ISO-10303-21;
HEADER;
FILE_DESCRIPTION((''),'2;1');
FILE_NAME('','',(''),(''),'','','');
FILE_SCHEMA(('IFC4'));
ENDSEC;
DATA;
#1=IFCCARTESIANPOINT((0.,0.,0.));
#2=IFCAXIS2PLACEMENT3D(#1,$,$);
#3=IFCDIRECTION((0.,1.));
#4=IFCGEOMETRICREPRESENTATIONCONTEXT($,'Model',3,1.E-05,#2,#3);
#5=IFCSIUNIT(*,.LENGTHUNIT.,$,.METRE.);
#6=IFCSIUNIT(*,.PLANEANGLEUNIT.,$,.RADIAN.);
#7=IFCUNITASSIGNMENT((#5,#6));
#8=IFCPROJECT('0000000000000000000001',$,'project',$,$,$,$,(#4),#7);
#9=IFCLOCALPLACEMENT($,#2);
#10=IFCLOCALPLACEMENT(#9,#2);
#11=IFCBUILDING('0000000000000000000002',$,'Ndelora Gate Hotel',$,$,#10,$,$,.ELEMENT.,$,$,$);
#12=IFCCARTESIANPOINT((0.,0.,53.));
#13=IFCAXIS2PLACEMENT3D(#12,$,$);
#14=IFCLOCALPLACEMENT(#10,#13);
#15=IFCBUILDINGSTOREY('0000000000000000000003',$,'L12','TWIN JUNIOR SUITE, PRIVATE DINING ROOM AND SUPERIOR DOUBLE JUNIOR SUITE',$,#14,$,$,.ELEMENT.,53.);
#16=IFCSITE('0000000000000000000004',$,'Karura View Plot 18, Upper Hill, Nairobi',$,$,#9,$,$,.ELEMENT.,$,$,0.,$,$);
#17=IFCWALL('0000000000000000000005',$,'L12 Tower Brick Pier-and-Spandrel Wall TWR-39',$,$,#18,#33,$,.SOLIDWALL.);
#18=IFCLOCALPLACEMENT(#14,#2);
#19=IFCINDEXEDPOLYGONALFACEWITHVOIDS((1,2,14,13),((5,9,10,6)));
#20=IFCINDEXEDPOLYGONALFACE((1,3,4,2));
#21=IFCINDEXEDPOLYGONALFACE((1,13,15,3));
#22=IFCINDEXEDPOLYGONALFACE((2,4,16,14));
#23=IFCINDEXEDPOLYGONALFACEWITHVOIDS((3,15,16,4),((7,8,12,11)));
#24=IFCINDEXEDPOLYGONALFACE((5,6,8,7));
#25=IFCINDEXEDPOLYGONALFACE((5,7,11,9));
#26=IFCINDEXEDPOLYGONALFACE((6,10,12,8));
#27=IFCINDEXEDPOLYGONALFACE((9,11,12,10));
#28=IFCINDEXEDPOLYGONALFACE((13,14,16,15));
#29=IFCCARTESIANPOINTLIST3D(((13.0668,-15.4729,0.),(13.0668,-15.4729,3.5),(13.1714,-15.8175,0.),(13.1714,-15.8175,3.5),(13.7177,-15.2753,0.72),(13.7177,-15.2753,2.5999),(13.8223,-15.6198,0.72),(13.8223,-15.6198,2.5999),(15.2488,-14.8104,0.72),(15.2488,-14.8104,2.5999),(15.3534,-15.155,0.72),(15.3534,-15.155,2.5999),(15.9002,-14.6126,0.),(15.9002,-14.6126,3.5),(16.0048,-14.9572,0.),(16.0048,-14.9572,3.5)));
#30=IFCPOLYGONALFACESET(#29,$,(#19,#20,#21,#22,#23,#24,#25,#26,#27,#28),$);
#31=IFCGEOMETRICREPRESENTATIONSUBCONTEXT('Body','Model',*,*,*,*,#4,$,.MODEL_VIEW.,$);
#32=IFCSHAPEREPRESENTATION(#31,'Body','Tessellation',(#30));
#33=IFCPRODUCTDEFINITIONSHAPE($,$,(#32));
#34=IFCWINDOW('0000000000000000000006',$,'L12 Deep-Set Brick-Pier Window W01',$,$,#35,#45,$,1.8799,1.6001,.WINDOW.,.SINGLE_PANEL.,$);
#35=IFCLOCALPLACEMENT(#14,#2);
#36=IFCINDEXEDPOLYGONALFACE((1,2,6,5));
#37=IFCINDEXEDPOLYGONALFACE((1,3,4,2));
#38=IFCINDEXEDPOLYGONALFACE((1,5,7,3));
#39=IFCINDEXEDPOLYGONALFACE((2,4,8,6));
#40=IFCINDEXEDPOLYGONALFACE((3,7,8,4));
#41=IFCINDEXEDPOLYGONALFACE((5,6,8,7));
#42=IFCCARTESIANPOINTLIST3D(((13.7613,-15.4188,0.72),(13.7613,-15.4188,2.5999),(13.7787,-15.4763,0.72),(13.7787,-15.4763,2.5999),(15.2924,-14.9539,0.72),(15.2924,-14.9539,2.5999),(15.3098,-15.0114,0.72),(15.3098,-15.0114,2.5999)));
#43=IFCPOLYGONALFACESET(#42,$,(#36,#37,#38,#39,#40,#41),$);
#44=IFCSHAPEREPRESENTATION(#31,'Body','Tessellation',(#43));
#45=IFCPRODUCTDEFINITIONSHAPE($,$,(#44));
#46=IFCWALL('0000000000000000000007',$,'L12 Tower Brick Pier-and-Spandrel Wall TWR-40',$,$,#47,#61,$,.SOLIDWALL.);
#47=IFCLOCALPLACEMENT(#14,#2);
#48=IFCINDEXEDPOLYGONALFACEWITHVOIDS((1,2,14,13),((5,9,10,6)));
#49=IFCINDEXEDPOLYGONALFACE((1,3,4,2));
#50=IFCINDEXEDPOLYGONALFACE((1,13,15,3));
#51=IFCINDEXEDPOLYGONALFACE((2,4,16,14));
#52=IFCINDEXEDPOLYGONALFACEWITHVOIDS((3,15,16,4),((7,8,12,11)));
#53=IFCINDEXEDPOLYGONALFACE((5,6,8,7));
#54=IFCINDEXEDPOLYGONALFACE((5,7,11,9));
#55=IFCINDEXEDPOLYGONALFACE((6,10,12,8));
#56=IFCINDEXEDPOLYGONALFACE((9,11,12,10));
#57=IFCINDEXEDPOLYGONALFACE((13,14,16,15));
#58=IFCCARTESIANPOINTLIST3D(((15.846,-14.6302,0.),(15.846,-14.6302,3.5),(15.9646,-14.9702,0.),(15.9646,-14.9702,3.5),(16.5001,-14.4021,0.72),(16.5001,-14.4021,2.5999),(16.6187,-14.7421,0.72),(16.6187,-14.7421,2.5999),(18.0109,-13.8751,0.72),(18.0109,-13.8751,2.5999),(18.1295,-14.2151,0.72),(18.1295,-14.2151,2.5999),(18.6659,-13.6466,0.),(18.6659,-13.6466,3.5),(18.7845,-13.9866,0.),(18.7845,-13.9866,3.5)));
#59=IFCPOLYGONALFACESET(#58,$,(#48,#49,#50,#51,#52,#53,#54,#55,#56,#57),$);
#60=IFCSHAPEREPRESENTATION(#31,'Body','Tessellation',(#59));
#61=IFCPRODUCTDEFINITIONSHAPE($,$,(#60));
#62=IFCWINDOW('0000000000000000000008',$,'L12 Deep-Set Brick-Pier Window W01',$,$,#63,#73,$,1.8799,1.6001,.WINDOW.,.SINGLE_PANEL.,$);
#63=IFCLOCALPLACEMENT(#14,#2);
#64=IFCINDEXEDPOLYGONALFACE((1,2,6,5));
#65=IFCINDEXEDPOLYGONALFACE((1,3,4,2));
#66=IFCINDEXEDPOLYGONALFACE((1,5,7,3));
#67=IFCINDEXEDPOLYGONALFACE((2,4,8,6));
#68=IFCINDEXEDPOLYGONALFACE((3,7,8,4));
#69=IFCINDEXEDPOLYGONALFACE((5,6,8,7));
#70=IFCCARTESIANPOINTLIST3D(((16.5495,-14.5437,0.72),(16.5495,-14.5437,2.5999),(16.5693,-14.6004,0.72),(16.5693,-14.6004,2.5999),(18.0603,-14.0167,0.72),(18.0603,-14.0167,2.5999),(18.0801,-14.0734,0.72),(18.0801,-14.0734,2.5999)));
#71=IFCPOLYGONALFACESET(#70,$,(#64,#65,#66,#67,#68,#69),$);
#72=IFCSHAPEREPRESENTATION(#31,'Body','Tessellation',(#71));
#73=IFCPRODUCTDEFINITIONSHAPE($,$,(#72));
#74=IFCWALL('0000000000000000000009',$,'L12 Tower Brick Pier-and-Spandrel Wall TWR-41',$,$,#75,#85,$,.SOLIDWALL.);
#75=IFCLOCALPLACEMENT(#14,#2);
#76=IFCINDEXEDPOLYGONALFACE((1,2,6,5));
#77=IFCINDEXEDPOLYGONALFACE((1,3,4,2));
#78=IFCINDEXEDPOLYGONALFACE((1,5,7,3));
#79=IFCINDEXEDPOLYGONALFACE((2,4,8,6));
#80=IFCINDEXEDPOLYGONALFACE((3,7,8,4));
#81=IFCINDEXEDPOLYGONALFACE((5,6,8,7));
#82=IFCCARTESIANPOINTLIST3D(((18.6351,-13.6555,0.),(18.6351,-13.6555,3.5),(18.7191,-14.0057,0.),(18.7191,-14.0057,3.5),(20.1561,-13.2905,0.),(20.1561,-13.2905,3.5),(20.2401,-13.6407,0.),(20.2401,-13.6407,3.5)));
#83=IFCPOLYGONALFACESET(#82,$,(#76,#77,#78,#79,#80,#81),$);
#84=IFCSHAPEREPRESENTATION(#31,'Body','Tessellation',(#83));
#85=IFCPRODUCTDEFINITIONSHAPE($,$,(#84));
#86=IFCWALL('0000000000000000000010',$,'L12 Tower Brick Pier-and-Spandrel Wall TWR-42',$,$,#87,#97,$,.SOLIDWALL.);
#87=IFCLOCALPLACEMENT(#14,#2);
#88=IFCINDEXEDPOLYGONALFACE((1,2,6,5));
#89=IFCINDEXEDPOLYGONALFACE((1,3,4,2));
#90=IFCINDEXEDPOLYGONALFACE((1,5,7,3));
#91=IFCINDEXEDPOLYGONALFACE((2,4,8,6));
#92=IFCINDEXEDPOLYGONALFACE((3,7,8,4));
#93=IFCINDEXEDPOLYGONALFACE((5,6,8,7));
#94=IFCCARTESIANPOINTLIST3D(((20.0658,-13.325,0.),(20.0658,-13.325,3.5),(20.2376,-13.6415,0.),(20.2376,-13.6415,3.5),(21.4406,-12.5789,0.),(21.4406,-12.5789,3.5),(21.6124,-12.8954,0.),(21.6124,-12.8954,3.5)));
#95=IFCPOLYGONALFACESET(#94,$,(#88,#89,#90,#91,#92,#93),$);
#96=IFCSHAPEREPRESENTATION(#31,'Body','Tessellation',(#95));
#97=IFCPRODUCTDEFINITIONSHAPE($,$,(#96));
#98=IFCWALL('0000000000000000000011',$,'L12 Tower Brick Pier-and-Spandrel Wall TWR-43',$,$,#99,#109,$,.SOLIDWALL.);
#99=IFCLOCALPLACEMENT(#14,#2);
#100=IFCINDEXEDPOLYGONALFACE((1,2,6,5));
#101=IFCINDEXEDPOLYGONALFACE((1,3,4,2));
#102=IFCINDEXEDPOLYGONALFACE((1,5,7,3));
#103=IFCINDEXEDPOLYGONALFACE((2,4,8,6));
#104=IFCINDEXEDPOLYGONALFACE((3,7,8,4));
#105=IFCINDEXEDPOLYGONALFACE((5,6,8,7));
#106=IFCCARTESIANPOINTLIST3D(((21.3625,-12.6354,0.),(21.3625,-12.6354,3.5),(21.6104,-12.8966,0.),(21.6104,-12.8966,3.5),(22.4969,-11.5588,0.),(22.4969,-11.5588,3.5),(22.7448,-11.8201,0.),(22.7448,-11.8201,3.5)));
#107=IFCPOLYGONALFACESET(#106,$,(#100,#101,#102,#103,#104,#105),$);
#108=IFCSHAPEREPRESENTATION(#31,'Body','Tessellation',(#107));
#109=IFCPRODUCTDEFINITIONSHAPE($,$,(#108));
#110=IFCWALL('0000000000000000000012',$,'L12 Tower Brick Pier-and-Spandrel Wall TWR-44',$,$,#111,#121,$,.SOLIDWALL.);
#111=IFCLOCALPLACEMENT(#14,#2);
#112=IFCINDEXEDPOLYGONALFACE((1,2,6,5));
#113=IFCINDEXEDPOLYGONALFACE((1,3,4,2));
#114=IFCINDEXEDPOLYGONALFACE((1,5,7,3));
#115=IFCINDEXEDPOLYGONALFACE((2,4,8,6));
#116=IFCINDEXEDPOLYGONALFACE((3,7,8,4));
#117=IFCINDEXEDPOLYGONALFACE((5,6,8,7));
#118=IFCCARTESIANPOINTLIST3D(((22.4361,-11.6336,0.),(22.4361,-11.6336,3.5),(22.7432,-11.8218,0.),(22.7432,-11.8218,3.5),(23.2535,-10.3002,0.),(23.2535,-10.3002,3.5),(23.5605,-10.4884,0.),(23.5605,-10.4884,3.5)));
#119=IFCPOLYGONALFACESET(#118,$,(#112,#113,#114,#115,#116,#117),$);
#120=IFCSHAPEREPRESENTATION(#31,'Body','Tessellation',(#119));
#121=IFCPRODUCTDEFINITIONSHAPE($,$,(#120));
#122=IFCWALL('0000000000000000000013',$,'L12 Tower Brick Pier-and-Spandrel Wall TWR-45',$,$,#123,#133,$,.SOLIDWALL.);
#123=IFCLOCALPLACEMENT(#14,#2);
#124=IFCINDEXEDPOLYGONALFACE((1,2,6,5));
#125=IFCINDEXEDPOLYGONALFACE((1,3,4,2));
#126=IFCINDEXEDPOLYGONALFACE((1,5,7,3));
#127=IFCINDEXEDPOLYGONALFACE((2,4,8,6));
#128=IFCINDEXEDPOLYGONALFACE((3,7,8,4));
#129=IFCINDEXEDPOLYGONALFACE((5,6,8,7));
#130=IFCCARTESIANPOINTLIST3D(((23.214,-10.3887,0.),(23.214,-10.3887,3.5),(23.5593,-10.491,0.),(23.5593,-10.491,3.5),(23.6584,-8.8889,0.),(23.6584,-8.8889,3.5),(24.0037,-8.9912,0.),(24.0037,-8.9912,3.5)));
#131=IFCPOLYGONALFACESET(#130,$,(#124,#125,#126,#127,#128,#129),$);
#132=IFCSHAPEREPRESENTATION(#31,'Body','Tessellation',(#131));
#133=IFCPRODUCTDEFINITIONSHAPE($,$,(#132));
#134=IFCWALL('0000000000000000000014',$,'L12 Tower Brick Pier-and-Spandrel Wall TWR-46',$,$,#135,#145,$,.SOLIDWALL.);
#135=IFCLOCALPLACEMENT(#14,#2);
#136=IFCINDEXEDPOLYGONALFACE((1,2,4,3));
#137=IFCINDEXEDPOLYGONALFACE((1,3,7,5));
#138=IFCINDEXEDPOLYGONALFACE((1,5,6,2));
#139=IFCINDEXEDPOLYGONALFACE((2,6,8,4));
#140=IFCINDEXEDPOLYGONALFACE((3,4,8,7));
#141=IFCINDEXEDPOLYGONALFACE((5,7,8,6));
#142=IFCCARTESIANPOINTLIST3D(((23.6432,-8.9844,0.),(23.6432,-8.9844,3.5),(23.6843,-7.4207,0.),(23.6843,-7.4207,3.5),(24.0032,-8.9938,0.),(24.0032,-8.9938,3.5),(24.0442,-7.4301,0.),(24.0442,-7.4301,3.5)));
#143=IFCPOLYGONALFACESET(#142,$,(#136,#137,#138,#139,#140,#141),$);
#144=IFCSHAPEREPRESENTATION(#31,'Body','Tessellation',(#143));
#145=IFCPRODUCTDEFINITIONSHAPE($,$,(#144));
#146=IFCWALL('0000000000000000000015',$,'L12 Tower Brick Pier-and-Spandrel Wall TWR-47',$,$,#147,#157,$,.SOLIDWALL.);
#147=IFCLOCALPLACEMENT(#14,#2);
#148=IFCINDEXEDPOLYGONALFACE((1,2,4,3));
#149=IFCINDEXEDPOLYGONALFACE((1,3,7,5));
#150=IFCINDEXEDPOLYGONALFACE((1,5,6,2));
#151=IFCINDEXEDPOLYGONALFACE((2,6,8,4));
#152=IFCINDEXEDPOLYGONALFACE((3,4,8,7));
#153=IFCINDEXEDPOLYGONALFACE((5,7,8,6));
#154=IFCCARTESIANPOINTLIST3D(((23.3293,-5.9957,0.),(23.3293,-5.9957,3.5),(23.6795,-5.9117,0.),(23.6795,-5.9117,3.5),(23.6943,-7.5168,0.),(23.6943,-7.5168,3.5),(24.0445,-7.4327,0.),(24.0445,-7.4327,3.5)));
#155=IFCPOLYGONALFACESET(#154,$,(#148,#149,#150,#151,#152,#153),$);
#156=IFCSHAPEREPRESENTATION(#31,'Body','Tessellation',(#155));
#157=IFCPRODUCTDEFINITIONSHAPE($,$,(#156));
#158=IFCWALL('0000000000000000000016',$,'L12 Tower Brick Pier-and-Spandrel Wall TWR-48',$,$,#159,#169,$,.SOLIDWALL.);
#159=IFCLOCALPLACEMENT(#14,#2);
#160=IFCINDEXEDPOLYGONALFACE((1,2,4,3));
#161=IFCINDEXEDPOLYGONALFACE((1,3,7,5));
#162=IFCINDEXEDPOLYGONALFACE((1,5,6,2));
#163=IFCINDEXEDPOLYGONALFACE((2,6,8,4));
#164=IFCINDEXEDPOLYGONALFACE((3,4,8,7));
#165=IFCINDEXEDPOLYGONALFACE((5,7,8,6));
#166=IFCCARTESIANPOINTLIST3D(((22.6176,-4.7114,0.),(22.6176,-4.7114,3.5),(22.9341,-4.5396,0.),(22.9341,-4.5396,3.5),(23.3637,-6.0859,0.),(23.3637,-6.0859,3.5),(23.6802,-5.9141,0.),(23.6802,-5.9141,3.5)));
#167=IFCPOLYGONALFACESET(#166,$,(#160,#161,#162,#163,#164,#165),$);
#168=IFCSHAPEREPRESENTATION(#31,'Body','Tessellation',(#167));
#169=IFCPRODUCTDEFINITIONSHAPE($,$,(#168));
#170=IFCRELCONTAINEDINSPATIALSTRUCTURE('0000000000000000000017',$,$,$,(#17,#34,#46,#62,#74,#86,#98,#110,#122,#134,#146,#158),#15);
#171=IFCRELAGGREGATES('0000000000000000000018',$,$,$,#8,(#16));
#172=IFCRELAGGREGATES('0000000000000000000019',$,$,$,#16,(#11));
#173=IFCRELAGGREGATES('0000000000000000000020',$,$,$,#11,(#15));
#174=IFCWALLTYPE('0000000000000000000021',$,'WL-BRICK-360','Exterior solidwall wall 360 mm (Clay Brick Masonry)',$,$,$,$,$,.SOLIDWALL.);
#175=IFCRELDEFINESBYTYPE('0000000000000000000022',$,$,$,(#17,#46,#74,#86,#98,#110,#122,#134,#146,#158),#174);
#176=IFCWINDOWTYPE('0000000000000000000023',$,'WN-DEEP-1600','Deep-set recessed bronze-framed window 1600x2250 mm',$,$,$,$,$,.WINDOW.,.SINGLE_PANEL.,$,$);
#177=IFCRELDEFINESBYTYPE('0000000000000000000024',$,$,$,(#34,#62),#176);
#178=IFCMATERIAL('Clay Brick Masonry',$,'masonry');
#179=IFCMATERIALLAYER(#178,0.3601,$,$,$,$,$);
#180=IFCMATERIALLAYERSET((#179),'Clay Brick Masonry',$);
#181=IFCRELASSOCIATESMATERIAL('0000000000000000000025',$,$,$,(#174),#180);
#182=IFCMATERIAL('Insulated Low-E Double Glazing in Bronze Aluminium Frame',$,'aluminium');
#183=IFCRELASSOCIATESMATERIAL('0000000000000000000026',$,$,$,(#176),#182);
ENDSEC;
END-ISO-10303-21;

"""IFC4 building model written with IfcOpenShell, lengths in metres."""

from ifc_helpers import new_model, si_unit, direction, frame, frame_2d, origin, place, context, subcontext, project, spatial, rectangle, extrude, material, layer, layer_set, type_object, element, fill, save


model = new_model("IFC4")

# Units and contexts
model_context = context("Model", 3, precision=1e-05, world=origin(), true_north=direction((0.0, 1.0)))
body_context = subcontext(model_context, "Body", "Model", "MODEL_VIEW")
ifc_project = project(units=[si_unit("LENGTHUNIT", "METRE"), si_unit("PLANEANGLEUNIT", "RADIAN")], contexts=[model_context])

# Site, building, storey
site_placement = place(None, origin())
site = spatial("IfcSite", under=ifc_project, at=site_placement, Name="Karura View Plot 18, Upper Hill, Nairobi", CompositionType="ELEMENT", RefElevation=0.0)
building_placement = place(site_placement, origin())
building = spatial("IfcBuilding", under=site, at=building_placement, Name="Ndelora Gate Hotel", CompositionType="ELEMENT")
storey_placement = place(building_placement, frame((0.0, 0.0, 53.0)))
storey = spatial("IfcBuildingStorey", under=building, at=storey_placement, Name="L12", Description="TWIN JUNIOR SUITE, PRIVATE DINING ROOM AND SUPERIOR DOUBLE JUNIOR SUITE", CompositionType="ELEMENT", Elevation=53.0)

# Walls, openings, windows
ifc_material_1 = material(Name="Clay Brick Masonry", Category="masonry")
ifc_layer_1 = layer(ifc_material_1, 0.3601)
ifc_layer_set_1 = layer_set([ifc_layer_1], Name="Clay Brick Masonry")
wall_type = type_object("IfcWallType", Name="WL-BRICK-360", Description="Exterior solidwall wall 360 mm (Clay Brick Masonry)", PredefinedType="SOLIDWALL", material=ifc_layer_set_1)
wall_1_placement = place(storey_placement, frame((15.9524, -14.7849, 0.0), z_axis=(0.0, 0.0, 1.0), x_axis=(-0.956863, -0.290538, 0.0)))
wall_1 = element("IfcWall", 1, at=wall_1_placement, inside=storey, type_object=wall_type, Name="L12 Tower Brick Pier-and-Spandrel Wall TWR-39", PredefinedType="SOLIDWALL", context=body_context, shape_type="SweptSolid", body=[
    extrude(rectangle(XDim=2.9612, YDim=0.3601, at=frame_2d((1.4805, 0.0))), origin(), (0.0, 0.0, 1.0), 3.5),
])
opening_1_placement = place(wall_1_placement, frame((0.6807, 0.0, 0.72)))
opening_1 = element("IfcOpeningElement", 2, at=opening_1_placement, cuts=wall_1, PredefinedType="OPENING", context=body_context, shape_type="SweptSolid", body=[
    extrude(rectangle(XDim=1.6001, YDim=1.8799, at=frame_2d((0.8, 0.9399))), frame((0.0, 0.1899, 0.0), z_axis=(0.0, -1.0, 0.0), x_axis=(1.0, 0.0, 0.0)), (0.0, 0.0, 1.0), 0.3801),
])
ifc_material_2 = material(Name="Insulated Low-E Double Glazing in Bronze Aluminium Frame", Category="aluminium")
window_type_1 = type_object("IfcWindowType", Name="WN-DEEP-1600", Description="Deep-set recessed bronze-framed window 1600x2250 mm", PartitioningType="SINGLE_PANEL", PredefinedType="WINDOW", material=ifc_material_2)
window_1_placement = place(opening_1_placement, origin())
window_1 = element("IfcWindow", 3, at=window_1_placement, inside=storey, type_object=window_type_1, Name="L12 Deep-Set Brick-Pier Window W01", OverallHeight=1.8799, OverallWidth=1.6001, PartitioningType="SINGLE_PANEL", PredefinedType="WINDOW", context=body_context, shape_type="SweptSolid", body=[
    extrude(rectangle(XDim=1.6001, YDim=1.8799, at=frame_2d((0.8, 0.9399))), frame((0.0, 0.03, 0.0), z_axis=(0.0, -1.0, 0.0), x_axis=(1.0, 0.0, 0.0)), (0.0, 0.0, 1.0), 0.0601),
])
fill(opening_1, window_1)
wall_2_placement = place(storey_placement, frame((18.7251, -13.8167, 0.0), z_axis=(0.0, 0.0, 1.0), x_axis=(-0.944211, -0.329342, 0.0)))
wall_2 = element("IfcWall", 4, at=wall_2_placement, inside=storey, type_object=wall_type, Name="L12 Tower Brick Pier-and-Spandrel Wall TWR-40", PredefinedType="SOLIDWALL", context=body_context, shape_type="SweptSolid", body=[
    extrude(rectangle(XDim=2.9866, YDim=0.3601, at=frame_2d((1.4932, 0.0))), origin(), (0.0, 0.0, 1.0), 3.5),
])
opening_2_placement = place(wall_2_placement, frame((0.6936, 0.0, 0.72)))
opening_2 = element("IfcOpeningElement", 5, at=opening_2_placement, cuts=wall_2, PredefinedType="OPENING", context=body_context, shape_type="SweptSolid", body=[
    extrude(rectangle(XDim=1.6001, YDim=1.8799, at=frame_2d((0.8, 0.9399))), frame((0.0, 0.1899, 0.0), z_axis=(0.0, -1.0, 0.0), x_axis=(1.0, 0.0, 0.0)), (0.0, 0.0, 1.0), 0.3801),
])
window_2_placement = place(opening_2_placement, origin())
window_2 = element("IfcWindow", 6, at=window_2_placement, inside=storey, type_object=window_type_1, Name="L12 Deep-Set Brick-Pier Window W01", OverallHeight=1.8799, OverallWidth=1.6001, PartitioningType="SINGLE_PANEL", PredefinedType="WINDOW", context=body_context, shape_type="SweptSolid", body=[
    extrude(rectangle(XDim=1.6001, YDim=1.8799, at=frame_2d((0.8, 0.9399))), frame((0.0, 0.03, 0.0), z_axis=(0.0, -1.0, 0.0), x_axis=(1.0, 0.0, 0.0)), (0.0, 0.0, 1.0), 0.0601),
])
fill(opening_2, window_2)

# Walls
for number, where, z_axis, x_axis, name in (
    (7, (20.1982, -13.4656, 0.0), (0.0, 0.0, 1.0), (-0.972394, -0.233343, 0.0), "L12 Tower Brick Pier-and-Spandrel Wall TWR-41"),
    (8, (21.5266, -12.7371, 0.0), (0.0, 0.0, 1.0), (-0.878908, -0.476992, 0.0), "L12 Tower Brick Pier-and-Spandrel Wall TWR-42"),
):
    element("IfcWall", number, at=place(storey_placement, frame(where, z_axis=z_axis, x_axis=x_axis)), inside=storey, type_object=wall_type, Name=name, PredefinedType="SOLIDWALL", context=body_context, shape_type="SweptSolid", body=[
        extrude(rectangle(XDim=1.5642, YDim=0.3601, at=frame_2d((0.7822, 0.0))), origin(), (0.0, 0.0, 1.0), 3.5),
    ])
for number, where, z_axis, x_axis, name in (
    (9, (22.6208, -11.6895, 0.0), (0.0, 0.0, 1.0), (-0.725362, -0.688368, 0.0), "L12 Tower Brick Pier-and-Spandrel Wall TWR-43"),
    (10, (23.407, -10.3943, 0.0), (0.0, 0.0, 1.0), (-0.522599, -0.852579, 0.0), "L12 Tower Brick Pier-and-Spandrel Wall TWR-44"),
):
    element("IfcWall", number, at=place(storey_placement, frame(where, z_axis=z_axis, x_axis=x_axis)), inside=storey, type_object=wall_type, Name=name, PredefinedType="SOLIDWALL", context=body_context, shape_type="SweptSolid", body=[
        extrude(rectangle(XDim=1.564, YDim=0.3601, at=frame_2d((0.782, 0.0))), origin(), (0.0, 0.0, 1.0), 3.5),
    ])
for number, where, z_axis, x_axis, name in (
    (11, (23.8311, -8.9399, 0.0), (0.0, 0.0, 1.0), (-0.284067, -0.958804, 0.0), "L12 Tower Brick Pier-and-Spandrel Wall TWR-45"),
    (12, (23.8643, -7.4253, 0.0), (0.0, 0.0, 1.0), (-0.02622, -0.999656, 0.0), "L12 Tower Brick Pier-and-Spandrel Wall TWR-46"),
    (13, (23.5044, -5.9536, 0.0), (0.0, 0.0, 1.0), (0.233343, -0.972394, 0.0), "L12 Tower Brick Pier-and-Spandrel Wall TWR-47"),
):
    element("IfcWall", number, at=place(storey_placement, frame(where, z_axis=z_axis, x_axis=x_axis)), inside=storey, type_object=wall_type, Name=name, PredefinedType="SOLIDWALL", context=body_context, shape_type="SweptSolid", body=[
        extrude(rectangle(XDim=1.5642, YDim=0.3601, at=frame_2d((0.7822, 0.0))), origin(), (0.0, 0.0, 1.0), 3.5),
    ])
wall_3_placement = place(storey_placement, frame((22.7759, -4.6255, 0.0), z_axis=(0.0, 0.0, 1.0), x_axis=(0.477057, -0.878872, 0.0)))
element("IfcWall", 14, at=wall_3_placement, inside=storey, type_object=wall_type, Name="L12 Tower Brick Pier-and-Spandrel Wall TWR-48", PredefinedType="SOLIDWALL", context=body_context, shape_type="SweptSolid", body=[
    extrude(rectangle(XDim=1.564, YDim=0.3601, at=frame_2d((0.782, 0.0))), origin(), (0.0, 0.0, 1.0), 3.5),
])

save(model, "model.ifc")
